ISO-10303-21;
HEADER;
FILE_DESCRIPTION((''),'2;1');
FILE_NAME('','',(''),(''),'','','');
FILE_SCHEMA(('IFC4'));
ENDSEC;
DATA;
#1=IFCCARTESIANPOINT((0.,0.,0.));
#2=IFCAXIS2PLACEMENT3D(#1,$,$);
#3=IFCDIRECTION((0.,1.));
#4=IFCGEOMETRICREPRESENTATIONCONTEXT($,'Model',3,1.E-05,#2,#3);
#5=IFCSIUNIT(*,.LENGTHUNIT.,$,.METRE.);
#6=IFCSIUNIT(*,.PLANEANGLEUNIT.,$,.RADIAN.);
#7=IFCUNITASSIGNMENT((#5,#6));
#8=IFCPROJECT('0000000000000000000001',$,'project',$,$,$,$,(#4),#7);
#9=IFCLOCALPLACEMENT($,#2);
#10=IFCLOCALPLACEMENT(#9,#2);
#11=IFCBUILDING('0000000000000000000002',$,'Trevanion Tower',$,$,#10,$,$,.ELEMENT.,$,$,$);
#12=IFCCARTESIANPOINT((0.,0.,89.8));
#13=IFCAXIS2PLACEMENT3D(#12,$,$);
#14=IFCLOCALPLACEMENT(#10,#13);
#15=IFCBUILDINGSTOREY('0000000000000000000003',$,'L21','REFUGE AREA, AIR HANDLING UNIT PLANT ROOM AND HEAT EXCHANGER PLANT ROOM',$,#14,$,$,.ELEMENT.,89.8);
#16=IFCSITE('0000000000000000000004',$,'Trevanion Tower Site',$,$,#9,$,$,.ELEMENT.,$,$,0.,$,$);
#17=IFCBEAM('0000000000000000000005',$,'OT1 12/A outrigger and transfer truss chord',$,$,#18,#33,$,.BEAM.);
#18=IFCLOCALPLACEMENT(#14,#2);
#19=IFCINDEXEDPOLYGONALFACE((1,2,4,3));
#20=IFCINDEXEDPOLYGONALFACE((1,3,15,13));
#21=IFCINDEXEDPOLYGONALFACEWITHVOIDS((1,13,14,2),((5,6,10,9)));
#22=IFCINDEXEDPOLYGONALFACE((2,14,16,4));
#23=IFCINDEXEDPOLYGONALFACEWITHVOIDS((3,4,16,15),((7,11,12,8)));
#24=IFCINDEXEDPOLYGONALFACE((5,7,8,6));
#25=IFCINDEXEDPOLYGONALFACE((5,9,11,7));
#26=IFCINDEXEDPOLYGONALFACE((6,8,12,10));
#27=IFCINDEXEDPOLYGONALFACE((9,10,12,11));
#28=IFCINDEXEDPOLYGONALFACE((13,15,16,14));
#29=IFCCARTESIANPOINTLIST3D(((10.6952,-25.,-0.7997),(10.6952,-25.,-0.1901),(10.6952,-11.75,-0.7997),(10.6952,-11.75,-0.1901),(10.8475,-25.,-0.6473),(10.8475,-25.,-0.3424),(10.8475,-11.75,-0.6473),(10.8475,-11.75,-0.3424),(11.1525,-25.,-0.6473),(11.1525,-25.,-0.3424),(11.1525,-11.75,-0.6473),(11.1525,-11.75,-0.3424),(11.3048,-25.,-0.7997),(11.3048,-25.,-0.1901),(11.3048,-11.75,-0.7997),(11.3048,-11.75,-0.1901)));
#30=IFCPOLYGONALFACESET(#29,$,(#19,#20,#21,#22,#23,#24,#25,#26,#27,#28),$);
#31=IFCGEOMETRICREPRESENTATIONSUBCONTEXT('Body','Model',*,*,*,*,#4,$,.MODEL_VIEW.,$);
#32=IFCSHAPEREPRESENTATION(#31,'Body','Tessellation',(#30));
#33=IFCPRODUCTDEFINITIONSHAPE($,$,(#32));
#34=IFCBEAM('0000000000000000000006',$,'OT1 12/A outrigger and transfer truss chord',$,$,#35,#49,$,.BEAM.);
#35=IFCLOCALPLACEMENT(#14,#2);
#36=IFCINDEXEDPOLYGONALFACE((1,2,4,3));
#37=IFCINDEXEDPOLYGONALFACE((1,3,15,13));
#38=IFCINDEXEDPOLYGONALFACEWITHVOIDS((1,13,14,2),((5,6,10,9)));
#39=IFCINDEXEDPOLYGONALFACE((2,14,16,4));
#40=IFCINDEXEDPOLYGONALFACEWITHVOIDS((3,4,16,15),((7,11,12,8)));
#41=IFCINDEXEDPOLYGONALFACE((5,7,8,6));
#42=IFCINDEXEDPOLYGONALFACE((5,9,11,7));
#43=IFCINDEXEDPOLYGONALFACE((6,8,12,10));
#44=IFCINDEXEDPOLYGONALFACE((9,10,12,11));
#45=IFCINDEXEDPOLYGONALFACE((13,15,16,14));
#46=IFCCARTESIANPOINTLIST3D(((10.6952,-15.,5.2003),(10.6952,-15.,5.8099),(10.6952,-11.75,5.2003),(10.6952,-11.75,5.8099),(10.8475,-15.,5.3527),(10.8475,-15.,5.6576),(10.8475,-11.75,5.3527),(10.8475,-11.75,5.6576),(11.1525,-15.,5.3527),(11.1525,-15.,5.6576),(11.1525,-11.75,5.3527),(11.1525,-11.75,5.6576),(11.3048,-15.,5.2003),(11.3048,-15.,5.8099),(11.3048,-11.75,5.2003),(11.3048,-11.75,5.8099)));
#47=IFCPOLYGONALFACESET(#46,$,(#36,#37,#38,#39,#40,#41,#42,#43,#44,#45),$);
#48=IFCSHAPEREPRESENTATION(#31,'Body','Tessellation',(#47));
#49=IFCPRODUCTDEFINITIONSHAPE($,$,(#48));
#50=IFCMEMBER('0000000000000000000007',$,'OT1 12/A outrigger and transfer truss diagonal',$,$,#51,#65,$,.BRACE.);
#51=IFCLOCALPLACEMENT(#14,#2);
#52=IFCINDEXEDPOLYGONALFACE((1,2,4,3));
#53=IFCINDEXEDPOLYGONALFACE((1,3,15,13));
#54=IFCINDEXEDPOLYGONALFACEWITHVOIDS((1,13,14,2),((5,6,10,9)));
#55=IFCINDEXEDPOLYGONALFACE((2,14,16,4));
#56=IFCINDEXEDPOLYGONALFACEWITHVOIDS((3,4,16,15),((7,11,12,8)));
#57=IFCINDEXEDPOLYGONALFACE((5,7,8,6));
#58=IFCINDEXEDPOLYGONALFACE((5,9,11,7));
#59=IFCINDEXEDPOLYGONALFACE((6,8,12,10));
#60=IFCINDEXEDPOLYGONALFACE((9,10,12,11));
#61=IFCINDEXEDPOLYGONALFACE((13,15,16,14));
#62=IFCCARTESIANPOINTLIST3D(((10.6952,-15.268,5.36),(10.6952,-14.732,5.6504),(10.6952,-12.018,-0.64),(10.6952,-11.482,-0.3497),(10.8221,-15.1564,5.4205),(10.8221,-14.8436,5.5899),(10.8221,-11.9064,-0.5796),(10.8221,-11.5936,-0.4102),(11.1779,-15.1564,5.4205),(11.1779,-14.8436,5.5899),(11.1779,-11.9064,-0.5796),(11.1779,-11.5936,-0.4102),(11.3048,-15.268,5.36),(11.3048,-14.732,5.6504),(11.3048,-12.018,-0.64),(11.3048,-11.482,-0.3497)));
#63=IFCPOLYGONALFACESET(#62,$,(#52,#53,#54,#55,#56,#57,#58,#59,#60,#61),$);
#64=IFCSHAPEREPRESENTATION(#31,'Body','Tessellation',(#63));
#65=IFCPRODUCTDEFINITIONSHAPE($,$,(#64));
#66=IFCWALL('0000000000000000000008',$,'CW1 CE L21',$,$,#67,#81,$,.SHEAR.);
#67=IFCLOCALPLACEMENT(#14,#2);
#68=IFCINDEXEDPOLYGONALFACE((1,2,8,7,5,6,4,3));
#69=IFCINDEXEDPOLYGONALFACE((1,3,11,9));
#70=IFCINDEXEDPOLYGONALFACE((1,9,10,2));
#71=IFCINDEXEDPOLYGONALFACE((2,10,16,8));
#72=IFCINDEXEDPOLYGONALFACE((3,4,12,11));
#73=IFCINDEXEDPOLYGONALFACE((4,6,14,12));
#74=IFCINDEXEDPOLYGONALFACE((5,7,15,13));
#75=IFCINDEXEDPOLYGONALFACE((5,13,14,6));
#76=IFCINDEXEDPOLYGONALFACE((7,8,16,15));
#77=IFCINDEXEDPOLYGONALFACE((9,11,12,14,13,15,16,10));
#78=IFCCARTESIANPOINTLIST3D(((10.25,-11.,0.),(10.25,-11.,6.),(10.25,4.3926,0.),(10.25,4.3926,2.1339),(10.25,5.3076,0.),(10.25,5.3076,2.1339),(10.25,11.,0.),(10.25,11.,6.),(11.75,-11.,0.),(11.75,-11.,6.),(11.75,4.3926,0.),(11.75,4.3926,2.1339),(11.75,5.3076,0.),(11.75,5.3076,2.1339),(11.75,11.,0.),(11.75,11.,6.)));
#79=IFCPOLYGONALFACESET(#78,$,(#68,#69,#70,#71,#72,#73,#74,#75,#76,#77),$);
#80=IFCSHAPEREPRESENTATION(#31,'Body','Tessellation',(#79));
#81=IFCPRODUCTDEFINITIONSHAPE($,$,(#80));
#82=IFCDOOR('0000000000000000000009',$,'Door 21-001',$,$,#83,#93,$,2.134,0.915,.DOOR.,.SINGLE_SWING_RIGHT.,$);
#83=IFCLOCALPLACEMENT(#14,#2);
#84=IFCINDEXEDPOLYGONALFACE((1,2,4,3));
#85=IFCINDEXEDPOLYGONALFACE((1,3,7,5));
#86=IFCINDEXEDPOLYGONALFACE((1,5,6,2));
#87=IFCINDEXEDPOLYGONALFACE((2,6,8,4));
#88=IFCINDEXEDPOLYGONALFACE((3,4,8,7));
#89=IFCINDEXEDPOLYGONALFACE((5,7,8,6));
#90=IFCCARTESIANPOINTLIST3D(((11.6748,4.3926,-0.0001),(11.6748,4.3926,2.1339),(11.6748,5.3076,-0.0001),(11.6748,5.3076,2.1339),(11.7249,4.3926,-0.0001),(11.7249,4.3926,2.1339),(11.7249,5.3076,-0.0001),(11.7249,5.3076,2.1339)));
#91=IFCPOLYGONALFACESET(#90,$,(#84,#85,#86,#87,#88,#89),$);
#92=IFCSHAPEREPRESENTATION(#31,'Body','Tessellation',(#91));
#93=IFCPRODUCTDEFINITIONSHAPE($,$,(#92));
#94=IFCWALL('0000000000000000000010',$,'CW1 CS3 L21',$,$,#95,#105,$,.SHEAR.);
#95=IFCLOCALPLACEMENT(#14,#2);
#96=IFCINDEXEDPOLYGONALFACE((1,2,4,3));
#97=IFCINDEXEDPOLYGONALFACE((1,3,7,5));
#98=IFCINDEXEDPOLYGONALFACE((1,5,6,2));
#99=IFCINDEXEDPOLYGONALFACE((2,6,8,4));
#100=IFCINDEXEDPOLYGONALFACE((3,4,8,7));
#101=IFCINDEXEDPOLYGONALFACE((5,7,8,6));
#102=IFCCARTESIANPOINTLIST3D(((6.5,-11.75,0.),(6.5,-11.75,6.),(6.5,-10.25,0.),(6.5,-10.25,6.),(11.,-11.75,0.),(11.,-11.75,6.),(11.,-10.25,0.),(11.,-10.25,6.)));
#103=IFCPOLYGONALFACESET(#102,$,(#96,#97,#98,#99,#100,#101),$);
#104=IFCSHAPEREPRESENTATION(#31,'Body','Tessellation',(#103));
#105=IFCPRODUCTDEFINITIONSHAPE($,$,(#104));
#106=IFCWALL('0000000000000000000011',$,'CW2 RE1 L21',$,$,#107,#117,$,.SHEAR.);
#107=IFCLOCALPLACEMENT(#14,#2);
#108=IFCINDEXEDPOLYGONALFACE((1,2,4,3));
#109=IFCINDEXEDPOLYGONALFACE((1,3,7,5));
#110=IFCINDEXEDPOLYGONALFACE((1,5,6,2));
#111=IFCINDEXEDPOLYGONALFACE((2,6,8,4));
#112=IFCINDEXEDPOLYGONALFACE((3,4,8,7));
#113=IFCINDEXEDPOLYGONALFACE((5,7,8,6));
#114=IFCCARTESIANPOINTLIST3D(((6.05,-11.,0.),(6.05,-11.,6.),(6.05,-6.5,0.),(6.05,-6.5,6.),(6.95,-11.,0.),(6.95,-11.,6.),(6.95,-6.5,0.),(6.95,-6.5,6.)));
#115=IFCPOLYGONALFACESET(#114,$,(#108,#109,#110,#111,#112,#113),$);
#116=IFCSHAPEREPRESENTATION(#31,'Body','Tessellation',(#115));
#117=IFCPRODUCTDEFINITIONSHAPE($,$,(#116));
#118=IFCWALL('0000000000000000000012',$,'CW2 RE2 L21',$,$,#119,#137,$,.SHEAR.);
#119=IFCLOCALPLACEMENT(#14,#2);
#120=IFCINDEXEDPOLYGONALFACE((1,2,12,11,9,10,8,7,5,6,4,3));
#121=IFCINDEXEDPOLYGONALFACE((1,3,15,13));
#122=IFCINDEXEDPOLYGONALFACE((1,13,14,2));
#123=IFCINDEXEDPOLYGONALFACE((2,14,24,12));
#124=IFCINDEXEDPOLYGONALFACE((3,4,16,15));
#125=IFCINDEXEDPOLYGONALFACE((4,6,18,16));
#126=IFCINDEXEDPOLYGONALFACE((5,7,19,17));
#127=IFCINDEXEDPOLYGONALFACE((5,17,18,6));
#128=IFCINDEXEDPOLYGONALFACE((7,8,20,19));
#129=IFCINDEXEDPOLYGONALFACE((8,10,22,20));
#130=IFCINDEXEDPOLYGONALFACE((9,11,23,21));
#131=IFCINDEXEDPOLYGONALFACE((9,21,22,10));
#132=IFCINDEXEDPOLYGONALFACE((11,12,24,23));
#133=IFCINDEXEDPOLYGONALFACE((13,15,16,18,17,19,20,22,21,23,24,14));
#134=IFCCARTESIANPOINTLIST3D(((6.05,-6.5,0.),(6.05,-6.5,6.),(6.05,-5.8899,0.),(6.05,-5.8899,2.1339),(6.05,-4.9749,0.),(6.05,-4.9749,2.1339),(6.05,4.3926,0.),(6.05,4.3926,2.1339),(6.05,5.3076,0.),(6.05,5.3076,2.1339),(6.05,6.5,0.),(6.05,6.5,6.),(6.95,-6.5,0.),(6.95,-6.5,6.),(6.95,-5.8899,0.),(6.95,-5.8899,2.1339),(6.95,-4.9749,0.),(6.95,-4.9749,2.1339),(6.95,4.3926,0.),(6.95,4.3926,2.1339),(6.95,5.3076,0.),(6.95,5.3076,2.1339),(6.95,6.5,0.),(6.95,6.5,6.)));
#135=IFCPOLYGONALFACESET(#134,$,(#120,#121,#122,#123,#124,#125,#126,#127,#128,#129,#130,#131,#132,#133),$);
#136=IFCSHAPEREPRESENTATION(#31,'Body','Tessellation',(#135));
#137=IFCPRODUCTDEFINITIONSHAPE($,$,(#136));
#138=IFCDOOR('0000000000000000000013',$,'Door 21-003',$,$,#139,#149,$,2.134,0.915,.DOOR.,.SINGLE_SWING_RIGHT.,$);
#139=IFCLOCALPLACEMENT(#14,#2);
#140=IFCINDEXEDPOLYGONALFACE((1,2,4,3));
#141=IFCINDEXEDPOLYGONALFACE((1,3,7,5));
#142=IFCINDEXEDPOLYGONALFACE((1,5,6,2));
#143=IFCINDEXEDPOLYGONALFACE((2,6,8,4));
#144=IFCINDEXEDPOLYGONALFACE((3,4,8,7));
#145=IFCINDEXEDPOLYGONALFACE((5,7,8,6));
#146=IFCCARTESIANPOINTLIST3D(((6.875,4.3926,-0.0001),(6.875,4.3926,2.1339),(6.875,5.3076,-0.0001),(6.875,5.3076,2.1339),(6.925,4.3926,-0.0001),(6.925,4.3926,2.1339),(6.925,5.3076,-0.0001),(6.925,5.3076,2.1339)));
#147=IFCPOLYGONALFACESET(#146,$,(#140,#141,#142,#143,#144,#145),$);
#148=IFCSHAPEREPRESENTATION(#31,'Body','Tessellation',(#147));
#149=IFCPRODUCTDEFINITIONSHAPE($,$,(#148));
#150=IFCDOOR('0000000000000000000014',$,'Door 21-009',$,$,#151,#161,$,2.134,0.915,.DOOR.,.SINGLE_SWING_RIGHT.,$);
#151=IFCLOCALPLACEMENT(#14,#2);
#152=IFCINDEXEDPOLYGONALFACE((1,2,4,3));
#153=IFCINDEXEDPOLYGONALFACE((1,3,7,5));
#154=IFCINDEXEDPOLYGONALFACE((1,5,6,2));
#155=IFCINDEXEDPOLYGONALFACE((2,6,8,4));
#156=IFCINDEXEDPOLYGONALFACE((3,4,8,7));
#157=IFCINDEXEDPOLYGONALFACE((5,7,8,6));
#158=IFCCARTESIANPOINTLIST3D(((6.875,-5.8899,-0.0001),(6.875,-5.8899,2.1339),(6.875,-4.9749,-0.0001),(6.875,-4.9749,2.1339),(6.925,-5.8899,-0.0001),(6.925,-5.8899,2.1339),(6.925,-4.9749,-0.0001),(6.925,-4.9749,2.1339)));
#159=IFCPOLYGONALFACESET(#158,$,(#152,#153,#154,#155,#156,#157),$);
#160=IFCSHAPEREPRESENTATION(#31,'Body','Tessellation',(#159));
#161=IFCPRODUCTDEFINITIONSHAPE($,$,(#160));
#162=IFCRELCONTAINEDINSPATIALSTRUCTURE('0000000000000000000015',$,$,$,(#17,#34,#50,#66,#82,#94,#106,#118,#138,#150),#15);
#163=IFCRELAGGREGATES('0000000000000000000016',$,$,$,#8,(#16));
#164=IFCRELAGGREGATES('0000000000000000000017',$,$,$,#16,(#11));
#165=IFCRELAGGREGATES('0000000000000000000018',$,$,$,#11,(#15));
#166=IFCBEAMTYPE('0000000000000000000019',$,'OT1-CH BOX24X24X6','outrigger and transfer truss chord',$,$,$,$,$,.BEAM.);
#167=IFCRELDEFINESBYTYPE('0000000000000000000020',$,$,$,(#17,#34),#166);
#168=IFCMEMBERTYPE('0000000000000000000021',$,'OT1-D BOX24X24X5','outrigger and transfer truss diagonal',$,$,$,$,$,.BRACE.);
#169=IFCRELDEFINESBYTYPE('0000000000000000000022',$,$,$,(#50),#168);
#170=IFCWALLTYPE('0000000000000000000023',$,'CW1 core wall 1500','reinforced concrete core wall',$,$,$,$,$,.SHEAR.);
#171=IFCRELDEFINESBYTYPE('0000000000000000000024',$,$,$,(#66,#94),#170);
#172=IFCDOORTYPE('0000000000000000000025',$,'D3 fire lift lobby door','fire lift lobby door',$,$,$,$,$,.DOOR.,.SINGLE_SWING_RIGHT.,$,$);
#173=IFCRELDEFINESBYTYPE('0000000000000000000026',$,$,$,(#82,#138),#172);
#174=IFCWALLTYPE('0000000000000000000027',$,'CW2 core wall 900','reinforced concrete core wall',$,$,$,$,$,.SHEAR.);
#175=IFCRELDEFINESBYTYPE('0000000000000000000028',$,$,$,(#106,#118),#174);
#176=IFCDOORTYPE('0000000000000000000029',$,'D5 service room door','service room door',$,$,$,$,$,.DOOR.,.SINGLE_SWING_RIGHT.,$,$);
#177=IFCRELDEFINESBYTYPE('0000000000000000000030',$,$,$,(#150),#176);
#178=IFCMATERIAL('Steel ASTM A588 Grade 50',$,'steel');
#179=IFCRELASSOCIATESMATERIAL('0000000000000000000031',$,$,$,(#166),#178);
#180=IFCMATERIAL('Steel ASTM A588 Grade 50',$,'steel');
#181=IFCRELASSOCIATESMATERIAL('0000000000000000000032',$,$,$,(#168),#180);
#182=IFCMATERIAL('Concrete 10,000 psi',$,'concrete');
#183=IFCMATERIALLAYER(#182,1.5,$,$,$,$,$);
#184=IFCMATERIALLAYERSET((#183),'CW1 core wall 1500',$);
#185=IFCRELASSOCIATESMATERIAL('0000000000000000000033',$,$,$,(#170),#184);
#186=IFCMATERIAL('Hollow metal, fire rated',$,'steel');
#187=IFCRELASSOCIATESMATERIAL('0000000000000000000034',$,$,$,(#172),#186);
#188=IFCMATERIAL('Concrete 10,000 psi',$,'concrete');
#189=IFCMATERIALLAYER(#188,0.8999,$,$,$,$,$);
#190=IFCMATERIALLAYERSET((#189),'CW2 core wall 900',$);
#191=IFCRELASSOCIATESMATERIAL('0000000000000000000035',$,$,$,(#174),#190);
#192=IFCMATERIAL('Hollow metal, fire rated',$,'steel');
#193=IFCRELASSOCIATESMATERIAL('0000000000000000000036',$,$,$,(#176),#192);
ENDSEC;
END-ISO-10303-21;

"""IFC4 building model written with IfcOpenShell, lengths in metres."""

from ifc_helpers import new_model, si_unit, direction, frame, frame_2d, origin, origin_2d, place, context, subcontext, project, spatial, rectangle, hollow_rectangle, extrude, material, layer, layer_set, material_profile, profile_set, type_object, element, fill, save


model = new_model("IFC4")

# Units and contexts
model_context = context("Model", 3, precision=1e-05, world=origin(), true_north=direction((0.0, 1.0)))
body_context = subcontext(model_context, "Body", "Model", "MODEL_VIEW")
ifc_project = project(units=[si_unit("LENGTHUNIT", "METRE"), si_unit("PLANEANGLEUNIT", "RADIAN")], contexts=[model_context])

# Site, building, storey
site_placement = place(None, origin())
site = spatial("IfcSite", under=ifc_project, at=site_placement, Name="Trevanion Tower Site", CompositionType="ELEMENT", RefElevation=0.0)
building_placement = place(site_placement, origin())
building = spatial("IfcBuilding", under=site, at=building_placement, Name="Trevanion Tower", CompositionType="ELEMENT")
storey_placement = place(building_placement, frame((0.0, 0.0, 89.8)))
storey = spatial("IfcBuildingStorey", under=building, at=storey_placement, Name="L21", Description="REFUGE AREA, AIR HANDLING UNIT PLANT ROOM AND HEAT EXCHANGER PLANT ROOM", CompositionType="ELEMENT", Elevation=89.8)

# Beams
ifc_material_1 = material(Name="Steel ASTM A588 Grade 50", Category="steel")
ifc_material_profile_1 = material_profile(ifc_material_1, hollow_rectangle(XDim=0.6096, YDim=0.6096, WallThickness=0.1523, at=origin_2d()), Name="BOX24X24X6")
ifc_profile_set_1 = profile_set([ifc_material_profile_1], Name="Steel ASTM A588 Grade 50")
beam_type_1 = type_object("IfcBeamType", Name="OT1-CH BOX24X24X6", Description="outrigger and transfer truss chord", PredefinedType="BEAM", material=ifc_profile_set_1)
beam_1_placement = place(storey_placement, frame((11.0, -11.75, -0.4949), z_axis=(0.0, -1.0, 0.0), x_axis=(1.0, 0.0, 0.0)))
element("IfcBeam", 1, at=beam_1_placement, inside=storey, type_object=beam_type_1, Name="OT1 12/A outrigger and transfer truss chord", PredefinedType="BEAM", context=body_context, shape_type="SweptSolid", body=[
    extrude(hollow_rectangle(XDim=0.6096, YDim=0.6096, WallThickness=0.1523, at=origin_2d()), origin(), (0.0, 0.0, 1.0), 13.25),
])
beam_2_placement = place(storey_placement, frame((11.0, -11.75, 5.5051), z_axis=(0.0, -1.0, 0.0), x_axis=(1.0, 0.0, 0.0)))
element("IfcBeam", 2, at=beam_2_placement, inside=storey, type_object=beam_type_1, Name="OT1 12/A outrigger and transfer truss chord", PredefinedType="BEAM", context=body_context, shape_type="SweptSolid", body=[
    extrude(hollow_rectangle(XDim=0.6096, YDim=0.6096, WallThickness=0.1523, at=origin_2d()), origin(), (0.0, 0.0, 1.0), 3.25),
])

# Member
ifc_material_2 = material(Name="Steel ASTM A588 Grade 50", Category="steel")
ifc_material_profile_2 = material_profile(ifc_material_2, hollow_rectangle(XDim=0.6096, YDim=0.6096, WallThickness=0.127, at=origin_2d()), Name="BOX24X24X5")
ifc_profile_set_2 = profile_set([ifc_material_profile_2], Name="Steel ASTM A588 Grade 50")
member_type = type_object("IfcMemberType", Name="OT1-D BOX24X24X5", Description="outrigger and transfer truss diagonal", PredefinedType="BRACE", material=ifc_profile_set_2)
member_placement = place(storey_placement, frame((11.0, -11.75, -0.4949), z_axis=(0.0, -0.476283, 0.879292), x_axis=(1.0, 0.0, 0.0)))
element("IfcMember", 3, at=member_placement, inside=storey, type_object=member_type, Name="OT1 12/A outrigger and transfer truss diagonal", PredefinedType="BRACE", context=body_context, shape_type="SweptSolid", body=[
    extrude(hollow_rectangle(XDim=0.6096, YDim=0.6096, WallThickness=0.127, at=origin_2d()), origin(), (0.0, 0.0, 1.0), 6.8237),
])

# Wall, opening, door
ifc_material_3 = material(Name="Concrete 10,000 psi", Category="concrete")
ifc_layer_1 = layer(ifc_material_3, 1.5)
ifc_layer_set_1 = layer_set([ifc_layer_1], Name="CW1 core wall 1500")
wall_type_1 = type_object("IfcWallType", Name="CW1 core wall 1500", Description="reinforced concrete core wall", PredefinedType="SHEAR", material=ifc_layer_set_1)
wall_1_placement = place(storey_placement, frame((11.0, -11.0, 0.0), z_axis=(0.0, 0.0, 1.0), x_axis=(0.0, 1.0, 0.0)))
wall_1 = element("IfcWall", 4, at=wall_1_placement, inside=storey, type_object=wall_type_1, Name="CW1 CE L21", PredefinedType="SHEAR", context=body_context, shape_type="SweptSolid", body=[
    extrude(rectangle(XDim=22.0, YDim=1.5, at=frame_2d((11.0, 0.0))), origin(), (0.0, 0.0, 1.0), 6.0),
])
opening_1_placement = place(wall_1_placement, frame((15.3926, 0.0, 0.0)))
opening_1 = element("IfcOpeningElement", 5, at=opening_1_placement, cuts=wall_1, PredefinedType="OPENING", context=body_context, shape_type="SweptSolid", body=[
    extrude(rectangle(XDim=0.915, YDim=2.134, at=frame_2d((0.4575, 1.0669))), frame((0.0, 0.76, 0.0), z_axis=(0.0, -1.0, 0.0), x_axis=(1.0, 0.0, 0.0)), (0.0, 0.0, 1.0), 1.52),
])
ifc_material_4 = material(Name="Hollow metal, fire rated", Category="steel")
door_type_1 = type_object("IfcDoorType", Name="D3 fire lift lobby door", Description="fire lift lobby door", OperationType="SINGLE_SWING_RIGHT", PredefinedType="DOOR", material=ifc_material_4)
door_1_placement = place(opening_1_placement, origin())
door_1 = element("IfcDoor", 6, at=door_1_placement, inside=storey, type_object=door_type_1, Name="Door 21-001", OperationType="SINGLE_SWING_RIGHT", OverallHeight=2.134, OverallWidth=0.915, PredefinedType="DOOR", context=body_context, shape_type="SweptSolid", body=[
    extrude(rectangle(XDim=0.915, YDim=2.134, at=frame_2d((0.4575, 1.0669))), frame((0.0, -0.6748, 0.0), z_axis=(0.0, -1.0, 0.0), x_axis=(1.0, 0.0, 0.0)), (0.0, 0.0, 1.0), 0.05),
])
fill(opening_1, door_1)

# Walls
wall_2_placement = place(storey_placement, frame((6.5, -11.0, 0.0), z_axis=(0.0, 0.0, 1.0), x_axis=(1.0, 0.0, 0.0)))
element("IfcWall", 7, at=wall_2_placement, inside=storey, type_object=wall_type_1, Name="CW1 CS3 L21", PredefinedType="SHEAR", context=body_context, shape_type="SweptSolid", body=[
    extrude(rectangle(XDim=4.5, YDim=1.5, at=frame_2d((2.25, 0.0))), origin(), (0.0, 0.0, 1.0), 6.0),
])
ifc_material_5 = material(Name="Concrete 10,000 psi", Category="concrete")
ifc_layer_2 = layer(ifc_material_5, 0.8999)
ifc_layer_set_2 = layer_set([ifc_layer_2], Name="CW2 core wall 900")
wall_type_2 = type_object("IfcWallType", Name="CW2 core wall 900", Description="reinforced concrete core wall", PredefinedType="SHEAR", material=ifc_layer_set_2)
wall_3_placement = place(storey_placement, frame((6.5, -11.0, 0.0), z_axis=(0.0, 0.0, 1.0), x_axis=(0.0, 1.0, 0.0)))
element("IfcWall", 8, at=wall_3_placement, inside=storey, type_object=wall_type_2, Name="CW2 RE1 L21", PredefinedType="SHEAR", context=body_context, shape_type="SweptSolid", body=[
    extrude(rectangle(XDim=4.5, YDim=0.8999, at=frame_2d((2.25, 0.0))), origin(), (0.0, 0.0, 1.0), 6.0),
])

# Wall, openings, doors
wall_4_placement = place(storey_placement, frame((6.5, -6.5, 0.0), z_axis=(0.0, 0.0, 1.0), x_axis=(0.0, 1.0, 0.0)))
wall_4 = element("IfcWall", 9, at=wall_4_placement, inside=storey, type_object=wall_type_2, Name="CW2 RE2 L21", PredefinedType="SHEAR", context=body_context, shape_type="SweptSolid", body=[
    extrude(rectangle(XDim=13.0, YDim=0.8999, at=frame_2d((6.5, 0.0))), origin(), (0.0, 0.0, 1.0), 6.0),
])
opening_2_placement = place(wall_4_placement, frame((10.8926, 0.0, 0.0)))
opening_2 = element("IfcOpeningElement", 10, at=opening_2_placement, cuts=wall_4, PredefinedType="OPENING", context=body_context, shape_type="SweptSolid", body=[
    extrude(rectangle(XDim=0.915, YDim=2.134, at=frame_2d((0.4575, 1.0669))), frame((0.0, 0.46, 0.0), z_axis=(0.0, -1.0, 0.0), x_axis=(1.0, 0.0, 0.0)), (0.0, 0.0, 1.0), 0.9199),
])
opening_3_placement = place(wall_4_placement, frame((0.6101, 0.0, 0.0)))
opening_3 = element("IfcOpeningElement", 11, at=opening_3_placement, cuts=wall_4, PredefinedType="OPENING", context=body_context, shape_type="SweptSolid", body=[
    extrude(rectangle(XDim=0.915, YDim=2.134, at=frame_2d((0.4575, 1.0669))), frame((0.0, 0.46, 0.0), z_axis=(0.0, -1.0, 0.0), x_axis=(1.0, 0.0, 0.0)), (0.0, 0.0, 1.0), 0.9199),
])
door_2_placement = place(opening_2_placement, origin())
door_2 = element("IfcDoor", 12, at=door_2_placement, inside=storey, type_object=door_type_1, Name="Door 21-003", OperationType="SINGLE_SWING_RIGHT", OverallHeight=2.134, OverallWidth=0.915, PredefinedType="DOOR", context=body_context, shape_type="SweptSolid", body=[
    extrude(rectangle(XDim=0.915, YDim=2.134, at=frame_2d((0.4575, 1.0669))), frame((0.0, -0.375, 0.0), z_axis=(0.0, -1.0, 0.0), x_axis=(1.0, 0.0, 0.0)), (0.0, 0.0, 1.0), 0.05),
])
fill(opening_2, door_2)
ifc_material_6 = material(Name="Hollow metal, fire rated", Category="steel")
door_type_2 = type_object("IfcDoorType", Name="D5 service room door", Description="service room door", OperationType="SINGLE_SWING_RIGHT", PredefinedType="DOOR", material=ifc_material_6)
door_3_placement = place(opening_3_placement, origin())
door_3 = element("IfcDoor", 13, at=door_3_placement, inside=storey, type_object=door_type_2, Name="Door 21-009", OperationType="SINGLE_SWING_RIGHT", OverallHeight=2.134, OverallWidth=0.915, PredefinedType="DOOR", context=body_context, shape_type="SweptSolid", body=[
    extrude(rectangle(XDim=0.915, YDim=2.134, at=frame_2d((0.4575, 1.0669))), frame((0.0, -0.375, 0.0), z_axis=(0.0, -1.0, 0.0), x_axis=(1.0, 0.0, 0.0)), (0.0, 0.0, 1.0), 0.05),
])
fill(opening_3, door_3)

save(model, "model.ifc")
